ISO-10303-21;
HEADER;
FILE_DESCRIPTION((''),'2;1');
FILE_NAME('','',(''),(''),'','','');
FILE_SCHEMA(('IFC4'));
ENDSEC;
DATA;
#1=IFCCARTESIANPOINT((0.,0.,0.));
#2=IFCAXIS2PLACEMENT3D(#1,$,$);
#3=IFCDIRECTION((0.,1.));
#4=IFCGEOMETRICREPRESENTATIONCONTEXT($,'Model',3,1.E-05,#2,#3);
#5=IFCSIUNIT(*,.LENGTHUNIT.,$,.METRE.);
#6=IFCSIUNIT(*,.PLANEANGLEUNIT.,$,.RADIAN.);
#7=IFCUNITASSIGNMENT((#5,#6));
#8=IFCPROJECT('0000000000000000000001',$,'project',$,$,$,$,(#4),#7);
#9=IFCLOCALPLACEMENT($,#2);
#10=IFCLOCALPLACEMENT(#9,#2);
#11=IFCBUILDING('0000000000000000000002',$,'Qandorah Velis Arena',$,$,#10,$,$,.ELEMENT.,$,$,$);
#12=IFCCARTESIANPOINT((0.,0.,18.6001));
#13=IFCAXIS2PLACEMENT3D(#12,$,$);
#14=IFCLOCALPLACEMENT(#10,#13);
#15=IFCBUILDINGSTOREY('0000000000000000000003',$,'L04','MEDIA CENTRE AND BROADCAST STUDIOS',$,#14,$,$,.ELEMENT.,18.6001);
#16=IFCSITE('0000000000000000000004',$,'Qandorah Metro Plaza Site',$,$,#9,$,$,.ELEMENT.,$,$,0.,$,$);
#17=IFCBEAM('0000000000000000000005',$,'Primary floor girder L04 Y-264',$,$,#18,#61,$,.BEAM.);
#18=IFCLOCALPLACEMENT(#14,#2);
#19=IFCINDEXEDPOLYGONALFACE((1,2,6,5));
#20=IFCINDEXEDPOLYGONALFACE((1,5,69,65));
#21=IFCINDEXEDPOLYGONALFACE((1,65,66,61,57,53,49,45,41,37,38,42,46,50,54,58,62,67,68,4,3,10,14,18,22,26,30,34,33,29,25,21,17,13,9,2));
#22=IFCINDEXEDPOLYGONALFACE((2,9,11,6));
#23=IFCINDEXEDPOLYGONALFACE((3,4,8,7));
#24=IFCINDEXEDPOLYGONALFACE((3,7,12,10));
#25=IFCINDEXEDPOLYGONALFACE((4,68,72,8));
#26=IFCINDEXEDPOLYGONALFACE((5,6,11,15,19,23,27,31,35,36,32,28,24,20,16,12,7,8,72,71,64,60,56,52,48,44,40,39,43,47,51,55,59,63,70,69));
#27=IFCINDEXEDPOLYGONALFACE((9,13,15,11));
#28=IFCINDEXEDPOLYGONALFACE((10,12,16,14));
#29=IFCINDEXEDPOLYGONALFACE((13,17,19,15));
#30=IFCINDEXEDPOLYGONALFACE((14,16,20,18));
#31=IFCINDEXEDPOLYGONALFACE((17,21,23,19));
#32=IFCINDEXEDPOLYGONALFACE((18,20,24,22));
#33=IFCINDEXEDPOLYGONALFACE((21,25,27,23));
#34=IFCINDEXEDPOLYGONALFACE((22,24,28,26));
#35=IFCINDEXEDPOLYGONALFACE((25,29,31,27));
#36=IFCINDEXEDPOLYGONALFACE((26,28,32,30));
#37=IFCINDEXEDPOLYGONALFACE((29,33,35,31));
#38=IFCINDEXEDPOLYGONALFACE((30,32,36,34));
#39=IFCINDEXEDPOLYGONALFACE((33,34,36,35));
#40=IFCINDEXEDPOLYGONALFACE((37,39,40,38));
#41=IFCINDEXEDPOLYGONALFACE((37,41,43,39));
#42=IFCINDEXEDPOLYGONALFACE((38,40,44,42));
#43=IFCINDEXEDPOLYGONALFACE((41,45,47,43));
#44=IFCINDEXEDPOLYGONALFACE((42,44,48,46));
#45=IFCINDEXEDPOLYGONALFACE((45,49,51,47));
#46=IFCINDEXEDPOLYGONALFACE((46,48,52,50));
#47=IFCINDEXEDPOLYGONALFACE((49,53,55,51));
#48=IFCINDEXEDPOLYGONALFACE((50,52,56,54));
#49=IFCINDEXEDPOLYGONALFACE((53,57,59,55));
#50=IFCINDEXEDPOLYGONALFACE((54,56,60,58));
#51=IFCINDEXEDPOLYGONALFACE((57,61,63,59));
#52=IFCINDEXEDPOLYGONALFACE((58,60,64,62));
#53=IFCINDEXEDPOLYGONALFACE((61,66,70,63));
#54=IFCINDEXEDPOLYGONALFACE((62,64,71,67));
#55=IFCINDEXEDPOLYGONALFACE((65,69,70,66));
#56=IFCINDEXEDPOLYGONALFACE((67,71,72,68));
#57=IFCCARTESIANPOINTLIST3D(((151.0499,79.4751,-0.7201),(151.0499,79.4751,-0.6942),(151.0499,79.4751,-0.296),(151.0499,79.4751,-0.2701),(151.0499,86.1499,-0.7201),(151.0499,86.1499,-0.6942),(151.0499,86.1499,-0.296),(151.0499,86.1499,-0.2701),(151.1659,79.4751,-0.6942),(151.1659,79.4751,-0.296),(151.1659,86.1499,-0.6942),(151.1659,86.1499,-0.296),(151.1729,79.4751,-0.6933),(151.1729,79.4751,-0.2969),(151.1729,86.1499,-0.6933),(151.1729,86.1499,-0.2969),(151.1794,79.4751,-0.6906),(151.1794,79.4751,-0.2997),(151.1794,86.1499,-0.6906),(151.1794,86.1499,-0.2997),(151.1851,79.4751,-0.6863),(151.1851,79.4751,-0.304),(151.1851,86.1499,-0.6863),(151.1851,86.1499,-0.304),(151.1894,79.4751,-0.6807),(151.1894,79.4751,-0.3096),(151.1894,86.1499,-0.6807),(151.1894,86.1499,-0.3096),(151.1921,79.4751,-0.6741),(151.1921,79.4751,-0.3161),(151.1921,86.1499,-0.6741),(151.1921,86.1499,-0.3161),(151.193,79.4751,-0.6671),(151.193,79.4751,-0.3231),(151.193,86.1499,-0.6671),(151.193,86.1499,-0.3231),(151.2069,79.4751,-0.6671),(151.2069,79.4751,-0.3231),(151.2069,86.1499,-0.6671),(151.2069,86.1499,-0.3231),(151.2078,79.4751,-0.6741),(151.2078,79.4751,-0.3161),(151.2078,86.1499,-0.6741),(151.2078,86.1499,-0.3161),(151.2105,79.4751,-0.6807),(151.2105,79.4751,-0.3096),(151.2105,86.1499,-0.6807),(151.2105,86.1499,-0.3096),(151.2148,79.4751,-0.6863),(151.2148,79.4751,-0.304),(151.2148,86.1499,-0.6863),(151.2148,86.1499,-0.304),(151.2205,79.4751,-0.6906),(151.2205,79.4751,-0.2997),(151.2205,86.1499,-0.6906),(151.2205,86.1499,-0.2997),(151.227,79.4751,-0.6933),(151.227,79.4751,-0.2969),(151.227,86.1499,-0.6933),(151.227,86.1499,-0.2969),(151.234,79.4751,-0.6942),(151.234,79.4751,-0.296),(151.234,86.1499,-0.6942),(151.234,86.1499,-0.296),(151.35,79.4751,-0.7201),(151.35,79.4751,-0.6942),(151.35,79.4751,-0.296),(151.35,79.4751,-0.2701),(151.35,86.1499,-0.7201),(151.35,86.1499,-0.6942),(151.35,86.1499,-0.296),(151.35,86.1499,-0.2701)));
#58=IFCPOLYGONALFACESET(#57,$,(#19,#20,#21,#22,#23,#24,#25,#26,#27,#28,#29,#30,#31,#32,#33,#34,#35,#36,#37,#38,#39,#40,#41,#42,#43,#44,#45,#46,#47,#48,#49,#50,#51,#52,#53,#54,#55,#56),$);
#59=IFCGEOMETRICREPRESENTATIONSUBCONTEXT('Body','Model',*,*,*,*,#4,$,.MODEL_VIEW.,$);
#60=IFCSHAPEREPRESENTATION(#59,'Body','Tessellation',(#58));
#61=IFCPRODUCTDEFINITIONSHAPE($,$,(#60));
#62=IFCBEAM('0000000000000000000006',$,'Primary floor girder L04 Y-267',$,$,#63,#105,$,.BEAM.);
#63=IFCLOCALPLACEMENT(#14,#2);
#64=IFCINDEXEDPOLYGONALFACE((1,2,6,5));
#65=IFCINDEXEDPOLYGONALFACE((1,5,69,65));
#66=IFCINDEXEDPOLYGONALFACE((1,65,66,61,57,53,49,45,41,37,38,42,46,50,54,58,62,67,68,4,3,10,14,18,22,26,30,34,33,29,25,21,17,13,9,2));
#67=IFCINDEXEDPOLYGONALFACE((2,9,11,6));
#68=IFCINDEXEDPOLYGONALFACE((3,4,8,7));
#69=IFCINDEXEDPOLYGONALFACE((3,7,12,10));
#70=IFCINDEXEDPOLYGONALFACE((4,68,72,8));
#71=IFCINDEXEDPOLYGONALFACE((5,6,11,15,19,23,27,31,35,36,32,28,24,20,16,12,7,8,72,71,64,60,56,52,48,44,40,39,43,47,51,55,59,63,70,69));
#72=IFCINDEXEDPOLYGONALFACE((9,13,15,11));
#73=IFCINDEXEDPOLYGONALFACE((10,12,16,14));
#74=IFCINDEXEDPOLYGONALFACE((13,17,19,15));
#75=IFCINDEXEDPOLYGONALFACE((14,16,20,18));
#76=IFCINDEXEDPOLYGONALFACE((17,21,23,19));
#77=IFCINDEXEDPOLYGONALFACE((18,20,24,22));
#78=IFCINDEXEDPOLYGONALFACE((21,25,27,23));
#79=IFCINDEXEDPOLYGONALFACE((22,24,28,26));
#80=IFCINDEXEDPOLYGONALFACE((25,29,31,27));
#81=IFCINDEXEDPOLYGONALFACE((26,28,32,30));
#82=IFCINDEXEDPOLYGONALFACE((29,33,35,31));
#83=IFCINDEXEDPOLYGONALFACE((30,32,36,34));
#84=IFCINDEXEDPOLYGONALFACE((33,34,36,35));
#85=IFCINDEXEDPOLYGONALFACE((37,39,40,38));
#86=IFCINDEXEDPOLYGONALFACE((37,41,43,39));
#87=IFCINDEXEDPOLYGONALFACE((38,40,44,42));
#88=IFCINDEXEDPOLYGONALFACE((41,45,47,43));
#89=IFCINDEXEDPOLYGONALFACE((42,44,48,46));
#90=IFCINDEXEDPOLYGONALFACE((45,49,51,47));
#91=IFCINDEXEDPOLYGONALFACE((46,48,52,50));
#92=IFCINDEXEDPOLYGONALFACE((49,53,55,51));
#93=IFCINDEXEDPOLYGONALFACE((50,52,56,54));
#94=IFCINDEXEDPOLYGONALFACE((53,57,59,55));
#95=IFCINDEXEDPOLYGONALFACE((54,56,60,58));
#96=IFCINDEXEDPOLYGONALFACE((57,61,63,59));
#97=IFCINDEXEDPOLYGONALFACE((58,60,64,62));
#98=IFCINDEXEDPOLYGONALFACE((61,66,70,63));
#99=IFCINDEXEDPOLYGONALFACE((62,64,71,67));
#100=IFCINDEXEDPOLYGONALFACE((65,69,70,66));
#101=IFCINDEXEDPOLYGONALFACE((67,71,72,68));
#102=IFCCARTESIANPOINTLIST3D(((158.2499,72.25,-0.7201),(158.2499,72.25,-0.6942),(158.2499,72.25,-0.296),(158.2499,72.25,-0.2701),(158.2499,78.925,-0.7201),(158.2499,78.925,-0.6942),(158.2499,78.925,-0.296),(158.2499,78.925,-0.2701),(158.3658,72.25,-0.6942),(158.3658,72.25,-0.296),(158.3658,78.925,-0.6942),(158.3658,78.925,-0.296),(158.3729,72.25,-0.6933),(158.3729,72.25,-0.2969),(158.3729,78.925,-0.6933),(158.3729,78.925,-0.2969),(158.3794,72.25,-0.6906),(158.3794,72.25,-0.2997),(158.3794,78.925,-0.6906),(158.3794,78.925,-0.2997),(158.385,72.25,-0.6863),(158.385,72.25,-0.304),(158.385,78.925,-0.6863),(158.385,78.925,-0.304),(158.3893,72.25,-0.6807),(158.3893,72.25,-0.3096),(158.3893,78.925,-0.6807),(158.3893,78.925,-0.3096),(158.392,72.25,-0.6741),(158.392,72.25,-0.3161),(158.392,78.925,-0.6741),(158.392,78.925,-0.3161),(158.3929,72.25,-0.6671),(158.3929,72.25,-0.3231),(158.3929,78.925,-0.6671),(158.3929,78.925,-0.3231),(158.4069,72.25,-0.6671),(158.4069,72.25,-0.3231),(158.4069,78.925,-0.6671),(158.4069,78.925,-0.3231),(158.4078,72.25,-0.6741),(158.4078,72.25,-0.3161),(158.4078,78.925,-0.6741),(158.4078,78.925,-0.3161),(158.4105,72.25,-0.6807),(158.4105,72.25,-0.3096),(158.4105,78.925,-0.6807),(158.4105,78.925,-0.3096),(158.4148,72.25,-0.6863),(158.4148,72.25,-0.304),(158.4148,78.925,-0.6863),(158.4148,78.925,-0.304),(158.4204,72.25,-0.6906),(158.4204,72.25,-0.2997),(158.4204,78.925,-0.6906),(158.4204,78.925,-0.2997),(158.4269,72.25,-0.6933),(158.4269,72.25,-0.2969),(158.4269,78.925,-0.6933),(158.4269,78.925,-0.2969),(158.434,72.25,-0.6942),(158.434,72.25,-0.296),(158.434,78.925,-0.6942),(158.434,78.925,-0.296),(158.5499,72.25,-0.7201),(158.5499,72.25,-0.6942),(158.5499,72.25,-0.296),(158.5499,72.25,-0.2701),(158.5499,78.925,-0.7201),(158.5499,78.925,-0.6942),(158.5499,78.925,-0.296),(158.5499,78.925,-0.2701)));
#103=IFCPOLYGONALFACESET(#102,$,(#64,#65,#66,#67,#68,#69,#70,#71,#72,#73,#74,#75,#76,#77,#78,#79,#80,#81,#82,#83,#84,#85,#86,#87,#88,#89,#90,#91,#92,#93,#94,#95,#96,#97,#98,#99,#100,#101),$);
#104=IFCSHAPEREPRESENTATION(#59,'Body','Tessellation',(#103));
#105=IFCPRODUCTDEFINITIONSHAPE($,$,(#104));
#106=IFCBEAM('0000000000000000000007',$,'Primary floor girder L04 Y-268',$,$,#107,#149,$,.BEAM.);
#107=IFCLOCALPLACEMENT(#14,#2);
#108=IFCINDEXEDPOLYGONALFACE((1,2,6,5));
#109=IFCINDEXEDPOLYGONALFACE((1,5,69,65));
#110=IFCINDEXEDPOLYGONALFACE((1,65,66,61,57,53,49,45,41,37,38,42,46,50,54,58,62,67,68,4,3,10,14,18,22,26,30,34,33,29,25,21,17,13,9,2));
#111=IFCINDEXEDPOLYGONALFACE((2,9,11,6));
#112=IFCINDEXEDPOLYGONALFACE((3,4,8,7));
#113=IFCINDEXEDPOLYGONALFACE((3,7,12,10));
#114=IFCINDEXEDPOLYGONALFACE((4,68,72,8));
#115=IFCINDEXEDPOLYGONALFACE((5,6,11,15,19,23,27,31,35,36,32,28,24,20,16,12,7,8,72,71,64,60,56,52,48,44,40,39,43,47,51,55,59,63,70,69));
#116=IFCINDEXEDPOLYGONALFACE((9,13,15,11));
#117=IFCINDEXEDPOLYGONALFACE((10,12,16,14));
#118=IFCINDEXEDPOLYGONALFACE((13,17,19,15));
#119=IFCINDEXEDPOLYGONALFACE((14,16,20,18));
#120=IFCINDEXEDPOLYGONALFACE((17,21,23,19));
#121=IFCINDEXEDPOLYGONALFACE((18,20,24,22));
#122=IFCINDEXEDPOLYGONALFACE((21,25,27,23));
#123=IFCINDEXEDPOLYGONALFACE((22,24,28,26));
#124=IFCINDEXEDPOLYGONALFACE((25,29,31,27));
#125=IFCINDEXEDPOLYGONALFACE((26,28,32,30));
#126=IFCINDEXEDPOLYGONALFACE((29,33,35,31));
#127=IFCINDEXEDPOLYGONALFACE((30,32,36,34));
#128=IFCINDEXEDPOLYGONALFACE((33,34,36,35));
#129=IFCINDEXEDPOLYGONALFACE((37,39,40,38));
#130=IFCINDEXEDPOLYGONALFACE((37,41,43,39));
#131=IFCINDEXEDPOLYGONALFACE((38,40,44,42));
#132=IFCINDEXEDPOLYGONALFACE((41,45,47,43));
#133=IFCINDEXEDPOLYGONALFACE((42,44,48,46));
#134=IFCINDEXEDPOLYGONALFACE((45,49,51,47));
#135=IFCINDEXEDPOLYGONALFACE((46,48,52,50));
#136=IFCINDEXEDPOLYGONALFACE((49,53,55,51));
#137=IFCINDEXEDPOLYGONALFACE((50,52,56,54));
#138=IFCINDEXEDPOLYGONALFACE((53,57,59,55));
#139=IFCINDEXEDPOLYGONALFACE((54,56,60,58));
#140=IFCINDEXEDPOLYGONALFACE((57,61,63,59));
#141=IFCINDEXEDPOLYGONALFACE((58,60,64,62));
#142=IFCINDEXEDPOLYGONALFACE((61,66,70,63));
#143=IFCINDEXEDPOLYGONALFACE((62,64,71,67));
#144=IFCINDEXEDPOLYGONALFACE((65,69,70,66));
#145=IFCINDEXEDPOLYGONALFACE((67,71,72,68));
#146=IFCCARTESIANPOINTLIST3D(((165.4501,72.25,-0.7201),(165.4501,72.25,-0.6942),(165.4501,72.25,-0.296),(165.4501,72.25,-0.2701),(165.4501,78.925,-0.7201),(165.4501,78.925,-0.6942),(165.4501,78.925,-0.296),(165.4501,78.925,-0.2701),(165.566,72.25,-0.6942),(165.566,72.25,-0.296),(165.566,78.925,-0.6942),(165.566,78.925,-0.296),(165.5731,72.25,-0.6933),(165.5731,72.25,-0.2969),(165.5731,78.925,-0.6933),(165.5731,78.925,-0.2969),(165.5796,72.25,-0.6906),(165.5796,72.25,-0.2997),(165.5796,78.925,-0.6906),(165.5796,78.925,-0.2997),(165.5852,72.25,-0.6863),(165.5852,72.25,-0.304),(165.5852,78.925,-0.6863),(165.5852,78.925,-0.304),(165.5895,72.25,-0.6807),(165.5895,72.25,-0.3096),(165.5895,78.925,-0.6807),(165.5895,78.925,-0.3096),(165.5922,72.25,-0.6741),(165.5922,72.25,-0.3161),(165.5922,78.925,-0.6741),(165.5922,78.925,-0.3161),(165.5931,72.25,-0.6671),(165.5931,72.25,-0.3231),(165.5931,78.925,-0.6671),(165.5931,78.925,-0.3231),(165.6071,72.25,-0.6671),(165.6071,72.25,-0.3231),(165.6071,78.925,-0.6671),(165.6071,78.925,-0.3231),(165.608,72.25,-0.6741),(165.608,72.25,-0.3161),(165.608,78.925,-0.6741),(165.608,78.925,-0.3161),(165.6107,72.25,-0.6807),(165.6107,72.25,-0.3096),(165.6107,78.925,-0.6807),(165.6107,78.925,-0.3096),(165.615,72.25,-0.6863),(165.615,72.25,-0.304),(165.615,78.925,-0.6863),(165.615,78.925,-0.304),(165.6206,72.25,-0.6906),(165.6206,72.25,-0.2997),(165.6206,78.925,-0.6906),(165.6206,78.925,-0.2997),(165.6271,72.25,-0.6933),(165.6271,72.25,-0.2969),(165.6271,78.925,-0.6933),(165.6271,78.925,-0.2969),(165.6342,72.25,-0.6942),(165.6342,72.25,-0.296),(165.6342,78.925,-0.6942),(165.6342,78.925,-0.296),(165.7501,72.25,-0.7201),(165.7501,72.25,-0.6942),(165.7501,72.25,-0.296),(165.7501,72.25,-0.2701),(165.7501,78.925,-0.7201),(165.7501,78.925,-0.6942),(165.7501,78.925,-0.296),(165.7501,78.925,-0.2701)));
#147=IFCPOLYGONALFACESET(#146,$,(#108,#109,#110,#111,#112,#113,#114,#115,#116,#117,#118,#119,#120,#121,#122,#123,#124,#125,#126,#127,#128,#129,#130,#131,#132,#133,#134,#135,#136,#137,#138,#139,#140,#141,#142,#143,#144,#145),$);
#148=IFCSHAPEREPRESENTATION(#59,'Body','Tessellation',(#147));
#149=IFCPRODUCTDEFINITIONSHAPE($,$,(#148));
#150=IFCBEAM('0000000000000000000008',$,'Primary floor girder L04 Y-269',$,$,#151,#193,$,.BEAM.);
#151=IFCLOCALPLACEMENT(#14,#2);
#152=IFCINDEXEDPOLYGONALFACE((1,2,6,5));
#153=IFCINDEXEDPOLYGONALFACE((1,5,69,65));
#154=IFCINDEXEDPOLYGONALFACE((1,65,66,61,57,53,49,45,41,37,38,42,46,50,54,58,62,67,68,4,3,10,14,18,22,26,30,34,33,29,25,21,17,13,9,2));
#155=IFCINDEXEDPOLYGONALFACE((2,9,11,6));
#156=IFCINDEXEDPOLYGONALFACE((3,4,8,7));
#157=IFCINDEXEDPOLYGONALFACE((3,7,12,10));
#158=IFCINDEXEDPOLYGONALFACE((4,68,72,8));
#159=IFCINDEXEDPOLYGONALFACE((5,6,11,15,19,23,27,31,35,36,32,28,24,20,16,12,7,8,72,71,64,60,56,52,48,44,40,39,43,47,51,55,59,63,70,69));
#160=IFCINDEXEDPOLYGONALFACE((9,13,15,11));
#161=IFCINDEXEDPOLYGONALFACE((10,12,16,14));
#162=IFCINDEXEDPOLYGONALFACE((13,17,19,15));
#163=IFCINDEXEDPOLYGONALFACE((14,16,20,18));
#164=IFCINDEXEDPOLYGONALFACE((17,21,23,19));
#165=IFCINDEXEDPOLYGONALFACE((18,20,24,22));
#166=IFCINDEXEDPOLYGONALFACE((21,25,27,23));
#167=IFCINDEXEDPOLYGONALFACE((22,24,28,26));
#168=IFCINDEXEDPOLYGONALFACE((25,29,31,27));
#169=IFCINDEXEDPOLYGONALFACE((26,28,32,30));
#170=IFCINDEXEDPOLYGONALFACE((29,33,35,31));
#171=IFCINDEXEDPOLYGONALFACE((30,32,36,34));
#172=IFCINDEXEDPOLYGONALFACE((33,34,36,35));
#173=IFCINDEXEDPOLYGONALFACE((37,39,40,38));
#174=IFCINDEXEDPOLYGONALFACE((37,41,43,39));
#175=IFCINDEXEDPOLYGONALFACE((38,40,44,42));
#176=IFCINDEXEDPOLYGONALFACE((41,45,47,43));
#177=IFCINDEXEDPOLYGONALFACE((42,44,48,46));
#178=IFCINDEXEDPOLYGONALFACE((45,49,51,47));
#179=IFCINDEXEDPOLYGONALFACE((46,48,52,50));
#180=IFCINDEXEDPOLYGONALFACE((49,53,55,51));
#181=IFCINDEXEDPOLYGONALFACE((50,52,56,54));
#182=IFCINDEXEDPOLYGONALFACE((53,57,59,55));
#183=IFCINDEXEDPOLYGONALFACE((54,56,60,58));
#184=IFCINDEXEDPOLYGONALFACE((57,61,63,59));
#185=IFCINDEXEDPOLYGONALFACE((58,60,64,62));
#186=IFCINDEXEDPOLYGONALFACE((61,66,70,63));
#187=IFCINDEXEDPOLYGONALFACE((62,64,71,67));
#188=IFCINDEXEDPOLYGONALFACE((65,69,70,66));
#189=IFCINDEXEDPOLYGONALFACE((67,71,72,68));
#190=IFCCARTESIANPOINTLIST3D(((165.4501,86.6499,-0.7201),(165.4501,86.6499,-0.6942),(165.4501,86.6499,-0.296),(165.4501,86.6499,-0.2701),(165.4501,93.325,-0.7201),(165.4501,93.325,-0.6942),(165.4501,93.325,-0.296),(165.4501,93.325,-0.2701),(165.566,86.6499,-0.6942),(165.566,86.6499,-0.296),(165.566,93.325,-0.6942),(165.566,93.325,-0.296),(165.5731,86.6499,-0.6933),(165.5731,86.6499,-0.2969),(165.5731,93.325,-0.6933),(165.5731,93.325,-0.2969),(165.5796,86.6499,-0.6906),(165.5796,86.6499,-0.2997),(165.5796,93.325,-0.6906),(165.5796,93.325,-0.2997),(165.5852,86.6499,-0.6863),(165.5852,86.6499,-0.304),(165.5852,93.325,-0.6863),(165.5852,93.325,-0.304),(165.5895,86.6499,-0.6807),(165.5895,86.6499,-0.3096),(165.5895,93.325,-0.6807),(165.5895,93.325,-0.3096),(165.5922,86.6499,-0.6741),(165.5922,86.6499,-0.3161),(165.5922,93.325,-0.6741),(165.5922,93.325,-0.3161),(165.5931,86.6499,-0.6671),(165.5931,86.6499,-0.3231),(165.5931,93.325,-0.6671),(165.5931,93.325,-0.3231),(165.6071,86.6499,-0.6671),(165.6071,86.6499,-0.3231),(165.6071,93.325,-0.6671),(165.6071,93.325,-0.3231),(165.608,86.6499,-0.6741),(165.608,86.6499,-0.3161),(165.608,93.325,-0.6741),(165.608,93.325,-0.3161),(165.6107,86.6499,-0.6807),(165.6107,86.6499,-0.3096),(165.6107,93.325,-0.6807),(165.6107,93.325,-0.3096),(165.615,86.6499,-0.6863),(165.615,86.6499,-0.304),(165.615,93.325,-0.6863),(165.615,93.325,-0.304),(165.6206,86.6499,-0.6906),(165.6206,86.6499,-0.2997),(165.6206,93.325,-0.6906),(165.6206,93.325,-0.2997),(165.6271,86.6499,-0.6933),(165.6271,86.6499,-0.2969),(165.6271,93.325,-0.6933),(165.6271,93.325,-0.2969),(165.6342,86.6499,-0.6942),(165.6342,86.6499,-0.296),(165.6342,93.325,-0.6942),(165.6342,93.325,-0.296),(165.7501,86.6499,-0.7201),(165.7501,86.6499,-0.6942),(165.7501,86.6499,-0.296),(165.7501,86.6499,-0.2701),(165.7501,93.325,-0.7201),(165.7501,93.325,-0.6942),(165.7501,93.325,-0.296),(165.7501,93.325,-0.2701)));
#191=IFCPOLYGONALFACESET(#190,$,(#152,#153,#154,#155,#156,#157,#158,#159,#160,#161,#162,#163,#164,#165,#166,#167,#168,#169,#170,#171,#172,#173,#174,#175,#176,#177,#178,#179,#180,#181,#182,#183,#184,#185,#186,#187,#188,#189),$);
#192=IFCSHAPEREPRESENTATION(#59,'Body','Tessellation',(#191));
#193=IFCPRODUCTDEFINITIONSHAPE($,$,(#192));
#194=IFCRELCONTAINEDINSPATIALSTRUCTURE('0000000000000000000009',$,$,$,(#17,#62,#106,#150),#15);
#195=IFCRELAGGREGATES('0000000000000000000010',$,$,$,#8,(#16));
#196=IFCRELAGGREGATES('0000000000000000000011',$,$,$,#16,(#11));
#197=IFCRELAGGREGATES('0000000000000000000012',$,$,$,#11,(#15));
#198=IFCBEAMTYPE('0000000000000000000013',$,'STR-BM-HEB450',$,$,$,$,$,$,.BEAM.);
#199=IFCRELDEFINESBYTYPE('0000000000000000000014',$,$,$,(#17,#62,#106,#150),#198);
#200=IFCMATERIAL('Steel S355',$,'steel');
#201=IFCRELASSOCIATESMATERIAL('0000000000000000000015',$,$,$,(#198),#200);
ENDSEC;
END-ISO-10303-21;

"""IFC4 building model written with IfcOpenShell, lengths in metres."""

from ifc_helpers import new_model, si_unit, direction, frame, origin, origin_2d, place, context, subcontext, project, spatial, i_section, extrude, material, material_profile, profile_set, type_object, element, save


model = new_model("IFC4")

# Units and contexts
model_context = context("Model", 3, precision=1e-05, world=origin(), true_north=direction((0.0, 1.0)))
body_context = subcontext(model_context, "Body", "Model", "MODEL_VIEW")
ifc_project = project(units=[si_unit("LENGTHUNIT", "METRE"), si_unit("PLANEANGLEUNIT", "RADIAN")], contexts=[model_context])

# Site, building, storey
site_placement = place(None, origin())
site = spatial("IfcSite", under=ifc_project, at=site_placement, Name="Qandorah Metro Plaza Site", CompositionType="ELEMENT", RefElevation=0.0)
building_placement = place(site_placement, origin())
building = spatial("IfcBuilding", under=site, at=building_placement, Name="Qandorah Velis Arena", CompositionType="ELEMENT")
storey_placement = place(building_placement, frame((0.0, 0.0, 18.6001)))
storey = spatial("IfcBuildingStorey", under=building, at=storey_placement, Name="L04", Description="MEDIA CENTRE AND BROADCAST STUDIOS", CompositionType="ELEMENT", Elevation=18.6001)

# Beams
ifc_material_1 = material(Name="Steel S355", Category="steel")
ifc_material_profile_1 = material_profile(ifc_material_1, i_section(OverallWidth=0.3, OverallDepth=0.45, WebThickness=0.0139, FlangeThickness=0.0259, FilletRadius=0.0271, at=origin_2d()), Name="HEB 450")
ifc_profile_set_1 = profile_set([ifc_material_profile_1], Name="Steel S355")
beam_type_1 = type_object("IfcBeamType", Name="STR-BM-HEB450", PredefinedType="BEAM", material=ifc_profile_set_1)
beam_1_placement = place(storey_placement, frame((151.2, 79.4751, -0.4951), z_axis=(0.0, 1.0, 0.0), x_axis=(-1.0, 0.0, 0.0)))
element("IfcBeam", 1, at=beam_1_placement, inside=storey, type_object=beam_type_1, Name="Primary floor girder L04 Y-264", PredefinedType="BEAM", context=body_context, shape_type="SweptSolid", body=[
    extrude(i_section(OverallWidth=0.3, OverallDepth=0.45, WebThickness=0.0139, FlangeThickness=0.0259, FilletRadius=0.0271, at=origin_2d()), origin(), (0.0, 0.0, 1.0), 6.6748),
])
for number, where, z_axis, x_axis, name in (
    (2, (158.3999, 72.25, -0.4951), (0.0, 1.0, 0.0), (-1.0, 0.0, 0.0), "Primary floor girder L04 Y-267"),
    (3, (165.6001, 72.25, -0.4951), (0.0, 1.0, 0.0), (-1.0, 0.0, 0.0), "Primary floor girder L04 Y-268"),
    (4, (165.6001, 86.6499, -0.4951), (0.0, 1.0, 0.0), (-1.0, 0.0, 0.0), "Primary floor girder L04 Y-269"),
):
    element("IfcBeam", number, at=place(storey_placement, frame(where, z_axis=z_axis, x_axis=x_axis)), inside=storey, type_object=beam_type_1, Name=name, PredefinedType="BEAM", context=body_context, shape_type="SweptSolid", body=[
        extrude(i_section(OverallWidth=0.3, OverallDepth=0.45, WebThickness=0.0139, FlangeThickness=0.0259, FilletRadius=0.0271, at=origin_2d()), origin(), (0.0, 0.0, 1.0), 6.675),
    ])

save(model, "model.ifc")
